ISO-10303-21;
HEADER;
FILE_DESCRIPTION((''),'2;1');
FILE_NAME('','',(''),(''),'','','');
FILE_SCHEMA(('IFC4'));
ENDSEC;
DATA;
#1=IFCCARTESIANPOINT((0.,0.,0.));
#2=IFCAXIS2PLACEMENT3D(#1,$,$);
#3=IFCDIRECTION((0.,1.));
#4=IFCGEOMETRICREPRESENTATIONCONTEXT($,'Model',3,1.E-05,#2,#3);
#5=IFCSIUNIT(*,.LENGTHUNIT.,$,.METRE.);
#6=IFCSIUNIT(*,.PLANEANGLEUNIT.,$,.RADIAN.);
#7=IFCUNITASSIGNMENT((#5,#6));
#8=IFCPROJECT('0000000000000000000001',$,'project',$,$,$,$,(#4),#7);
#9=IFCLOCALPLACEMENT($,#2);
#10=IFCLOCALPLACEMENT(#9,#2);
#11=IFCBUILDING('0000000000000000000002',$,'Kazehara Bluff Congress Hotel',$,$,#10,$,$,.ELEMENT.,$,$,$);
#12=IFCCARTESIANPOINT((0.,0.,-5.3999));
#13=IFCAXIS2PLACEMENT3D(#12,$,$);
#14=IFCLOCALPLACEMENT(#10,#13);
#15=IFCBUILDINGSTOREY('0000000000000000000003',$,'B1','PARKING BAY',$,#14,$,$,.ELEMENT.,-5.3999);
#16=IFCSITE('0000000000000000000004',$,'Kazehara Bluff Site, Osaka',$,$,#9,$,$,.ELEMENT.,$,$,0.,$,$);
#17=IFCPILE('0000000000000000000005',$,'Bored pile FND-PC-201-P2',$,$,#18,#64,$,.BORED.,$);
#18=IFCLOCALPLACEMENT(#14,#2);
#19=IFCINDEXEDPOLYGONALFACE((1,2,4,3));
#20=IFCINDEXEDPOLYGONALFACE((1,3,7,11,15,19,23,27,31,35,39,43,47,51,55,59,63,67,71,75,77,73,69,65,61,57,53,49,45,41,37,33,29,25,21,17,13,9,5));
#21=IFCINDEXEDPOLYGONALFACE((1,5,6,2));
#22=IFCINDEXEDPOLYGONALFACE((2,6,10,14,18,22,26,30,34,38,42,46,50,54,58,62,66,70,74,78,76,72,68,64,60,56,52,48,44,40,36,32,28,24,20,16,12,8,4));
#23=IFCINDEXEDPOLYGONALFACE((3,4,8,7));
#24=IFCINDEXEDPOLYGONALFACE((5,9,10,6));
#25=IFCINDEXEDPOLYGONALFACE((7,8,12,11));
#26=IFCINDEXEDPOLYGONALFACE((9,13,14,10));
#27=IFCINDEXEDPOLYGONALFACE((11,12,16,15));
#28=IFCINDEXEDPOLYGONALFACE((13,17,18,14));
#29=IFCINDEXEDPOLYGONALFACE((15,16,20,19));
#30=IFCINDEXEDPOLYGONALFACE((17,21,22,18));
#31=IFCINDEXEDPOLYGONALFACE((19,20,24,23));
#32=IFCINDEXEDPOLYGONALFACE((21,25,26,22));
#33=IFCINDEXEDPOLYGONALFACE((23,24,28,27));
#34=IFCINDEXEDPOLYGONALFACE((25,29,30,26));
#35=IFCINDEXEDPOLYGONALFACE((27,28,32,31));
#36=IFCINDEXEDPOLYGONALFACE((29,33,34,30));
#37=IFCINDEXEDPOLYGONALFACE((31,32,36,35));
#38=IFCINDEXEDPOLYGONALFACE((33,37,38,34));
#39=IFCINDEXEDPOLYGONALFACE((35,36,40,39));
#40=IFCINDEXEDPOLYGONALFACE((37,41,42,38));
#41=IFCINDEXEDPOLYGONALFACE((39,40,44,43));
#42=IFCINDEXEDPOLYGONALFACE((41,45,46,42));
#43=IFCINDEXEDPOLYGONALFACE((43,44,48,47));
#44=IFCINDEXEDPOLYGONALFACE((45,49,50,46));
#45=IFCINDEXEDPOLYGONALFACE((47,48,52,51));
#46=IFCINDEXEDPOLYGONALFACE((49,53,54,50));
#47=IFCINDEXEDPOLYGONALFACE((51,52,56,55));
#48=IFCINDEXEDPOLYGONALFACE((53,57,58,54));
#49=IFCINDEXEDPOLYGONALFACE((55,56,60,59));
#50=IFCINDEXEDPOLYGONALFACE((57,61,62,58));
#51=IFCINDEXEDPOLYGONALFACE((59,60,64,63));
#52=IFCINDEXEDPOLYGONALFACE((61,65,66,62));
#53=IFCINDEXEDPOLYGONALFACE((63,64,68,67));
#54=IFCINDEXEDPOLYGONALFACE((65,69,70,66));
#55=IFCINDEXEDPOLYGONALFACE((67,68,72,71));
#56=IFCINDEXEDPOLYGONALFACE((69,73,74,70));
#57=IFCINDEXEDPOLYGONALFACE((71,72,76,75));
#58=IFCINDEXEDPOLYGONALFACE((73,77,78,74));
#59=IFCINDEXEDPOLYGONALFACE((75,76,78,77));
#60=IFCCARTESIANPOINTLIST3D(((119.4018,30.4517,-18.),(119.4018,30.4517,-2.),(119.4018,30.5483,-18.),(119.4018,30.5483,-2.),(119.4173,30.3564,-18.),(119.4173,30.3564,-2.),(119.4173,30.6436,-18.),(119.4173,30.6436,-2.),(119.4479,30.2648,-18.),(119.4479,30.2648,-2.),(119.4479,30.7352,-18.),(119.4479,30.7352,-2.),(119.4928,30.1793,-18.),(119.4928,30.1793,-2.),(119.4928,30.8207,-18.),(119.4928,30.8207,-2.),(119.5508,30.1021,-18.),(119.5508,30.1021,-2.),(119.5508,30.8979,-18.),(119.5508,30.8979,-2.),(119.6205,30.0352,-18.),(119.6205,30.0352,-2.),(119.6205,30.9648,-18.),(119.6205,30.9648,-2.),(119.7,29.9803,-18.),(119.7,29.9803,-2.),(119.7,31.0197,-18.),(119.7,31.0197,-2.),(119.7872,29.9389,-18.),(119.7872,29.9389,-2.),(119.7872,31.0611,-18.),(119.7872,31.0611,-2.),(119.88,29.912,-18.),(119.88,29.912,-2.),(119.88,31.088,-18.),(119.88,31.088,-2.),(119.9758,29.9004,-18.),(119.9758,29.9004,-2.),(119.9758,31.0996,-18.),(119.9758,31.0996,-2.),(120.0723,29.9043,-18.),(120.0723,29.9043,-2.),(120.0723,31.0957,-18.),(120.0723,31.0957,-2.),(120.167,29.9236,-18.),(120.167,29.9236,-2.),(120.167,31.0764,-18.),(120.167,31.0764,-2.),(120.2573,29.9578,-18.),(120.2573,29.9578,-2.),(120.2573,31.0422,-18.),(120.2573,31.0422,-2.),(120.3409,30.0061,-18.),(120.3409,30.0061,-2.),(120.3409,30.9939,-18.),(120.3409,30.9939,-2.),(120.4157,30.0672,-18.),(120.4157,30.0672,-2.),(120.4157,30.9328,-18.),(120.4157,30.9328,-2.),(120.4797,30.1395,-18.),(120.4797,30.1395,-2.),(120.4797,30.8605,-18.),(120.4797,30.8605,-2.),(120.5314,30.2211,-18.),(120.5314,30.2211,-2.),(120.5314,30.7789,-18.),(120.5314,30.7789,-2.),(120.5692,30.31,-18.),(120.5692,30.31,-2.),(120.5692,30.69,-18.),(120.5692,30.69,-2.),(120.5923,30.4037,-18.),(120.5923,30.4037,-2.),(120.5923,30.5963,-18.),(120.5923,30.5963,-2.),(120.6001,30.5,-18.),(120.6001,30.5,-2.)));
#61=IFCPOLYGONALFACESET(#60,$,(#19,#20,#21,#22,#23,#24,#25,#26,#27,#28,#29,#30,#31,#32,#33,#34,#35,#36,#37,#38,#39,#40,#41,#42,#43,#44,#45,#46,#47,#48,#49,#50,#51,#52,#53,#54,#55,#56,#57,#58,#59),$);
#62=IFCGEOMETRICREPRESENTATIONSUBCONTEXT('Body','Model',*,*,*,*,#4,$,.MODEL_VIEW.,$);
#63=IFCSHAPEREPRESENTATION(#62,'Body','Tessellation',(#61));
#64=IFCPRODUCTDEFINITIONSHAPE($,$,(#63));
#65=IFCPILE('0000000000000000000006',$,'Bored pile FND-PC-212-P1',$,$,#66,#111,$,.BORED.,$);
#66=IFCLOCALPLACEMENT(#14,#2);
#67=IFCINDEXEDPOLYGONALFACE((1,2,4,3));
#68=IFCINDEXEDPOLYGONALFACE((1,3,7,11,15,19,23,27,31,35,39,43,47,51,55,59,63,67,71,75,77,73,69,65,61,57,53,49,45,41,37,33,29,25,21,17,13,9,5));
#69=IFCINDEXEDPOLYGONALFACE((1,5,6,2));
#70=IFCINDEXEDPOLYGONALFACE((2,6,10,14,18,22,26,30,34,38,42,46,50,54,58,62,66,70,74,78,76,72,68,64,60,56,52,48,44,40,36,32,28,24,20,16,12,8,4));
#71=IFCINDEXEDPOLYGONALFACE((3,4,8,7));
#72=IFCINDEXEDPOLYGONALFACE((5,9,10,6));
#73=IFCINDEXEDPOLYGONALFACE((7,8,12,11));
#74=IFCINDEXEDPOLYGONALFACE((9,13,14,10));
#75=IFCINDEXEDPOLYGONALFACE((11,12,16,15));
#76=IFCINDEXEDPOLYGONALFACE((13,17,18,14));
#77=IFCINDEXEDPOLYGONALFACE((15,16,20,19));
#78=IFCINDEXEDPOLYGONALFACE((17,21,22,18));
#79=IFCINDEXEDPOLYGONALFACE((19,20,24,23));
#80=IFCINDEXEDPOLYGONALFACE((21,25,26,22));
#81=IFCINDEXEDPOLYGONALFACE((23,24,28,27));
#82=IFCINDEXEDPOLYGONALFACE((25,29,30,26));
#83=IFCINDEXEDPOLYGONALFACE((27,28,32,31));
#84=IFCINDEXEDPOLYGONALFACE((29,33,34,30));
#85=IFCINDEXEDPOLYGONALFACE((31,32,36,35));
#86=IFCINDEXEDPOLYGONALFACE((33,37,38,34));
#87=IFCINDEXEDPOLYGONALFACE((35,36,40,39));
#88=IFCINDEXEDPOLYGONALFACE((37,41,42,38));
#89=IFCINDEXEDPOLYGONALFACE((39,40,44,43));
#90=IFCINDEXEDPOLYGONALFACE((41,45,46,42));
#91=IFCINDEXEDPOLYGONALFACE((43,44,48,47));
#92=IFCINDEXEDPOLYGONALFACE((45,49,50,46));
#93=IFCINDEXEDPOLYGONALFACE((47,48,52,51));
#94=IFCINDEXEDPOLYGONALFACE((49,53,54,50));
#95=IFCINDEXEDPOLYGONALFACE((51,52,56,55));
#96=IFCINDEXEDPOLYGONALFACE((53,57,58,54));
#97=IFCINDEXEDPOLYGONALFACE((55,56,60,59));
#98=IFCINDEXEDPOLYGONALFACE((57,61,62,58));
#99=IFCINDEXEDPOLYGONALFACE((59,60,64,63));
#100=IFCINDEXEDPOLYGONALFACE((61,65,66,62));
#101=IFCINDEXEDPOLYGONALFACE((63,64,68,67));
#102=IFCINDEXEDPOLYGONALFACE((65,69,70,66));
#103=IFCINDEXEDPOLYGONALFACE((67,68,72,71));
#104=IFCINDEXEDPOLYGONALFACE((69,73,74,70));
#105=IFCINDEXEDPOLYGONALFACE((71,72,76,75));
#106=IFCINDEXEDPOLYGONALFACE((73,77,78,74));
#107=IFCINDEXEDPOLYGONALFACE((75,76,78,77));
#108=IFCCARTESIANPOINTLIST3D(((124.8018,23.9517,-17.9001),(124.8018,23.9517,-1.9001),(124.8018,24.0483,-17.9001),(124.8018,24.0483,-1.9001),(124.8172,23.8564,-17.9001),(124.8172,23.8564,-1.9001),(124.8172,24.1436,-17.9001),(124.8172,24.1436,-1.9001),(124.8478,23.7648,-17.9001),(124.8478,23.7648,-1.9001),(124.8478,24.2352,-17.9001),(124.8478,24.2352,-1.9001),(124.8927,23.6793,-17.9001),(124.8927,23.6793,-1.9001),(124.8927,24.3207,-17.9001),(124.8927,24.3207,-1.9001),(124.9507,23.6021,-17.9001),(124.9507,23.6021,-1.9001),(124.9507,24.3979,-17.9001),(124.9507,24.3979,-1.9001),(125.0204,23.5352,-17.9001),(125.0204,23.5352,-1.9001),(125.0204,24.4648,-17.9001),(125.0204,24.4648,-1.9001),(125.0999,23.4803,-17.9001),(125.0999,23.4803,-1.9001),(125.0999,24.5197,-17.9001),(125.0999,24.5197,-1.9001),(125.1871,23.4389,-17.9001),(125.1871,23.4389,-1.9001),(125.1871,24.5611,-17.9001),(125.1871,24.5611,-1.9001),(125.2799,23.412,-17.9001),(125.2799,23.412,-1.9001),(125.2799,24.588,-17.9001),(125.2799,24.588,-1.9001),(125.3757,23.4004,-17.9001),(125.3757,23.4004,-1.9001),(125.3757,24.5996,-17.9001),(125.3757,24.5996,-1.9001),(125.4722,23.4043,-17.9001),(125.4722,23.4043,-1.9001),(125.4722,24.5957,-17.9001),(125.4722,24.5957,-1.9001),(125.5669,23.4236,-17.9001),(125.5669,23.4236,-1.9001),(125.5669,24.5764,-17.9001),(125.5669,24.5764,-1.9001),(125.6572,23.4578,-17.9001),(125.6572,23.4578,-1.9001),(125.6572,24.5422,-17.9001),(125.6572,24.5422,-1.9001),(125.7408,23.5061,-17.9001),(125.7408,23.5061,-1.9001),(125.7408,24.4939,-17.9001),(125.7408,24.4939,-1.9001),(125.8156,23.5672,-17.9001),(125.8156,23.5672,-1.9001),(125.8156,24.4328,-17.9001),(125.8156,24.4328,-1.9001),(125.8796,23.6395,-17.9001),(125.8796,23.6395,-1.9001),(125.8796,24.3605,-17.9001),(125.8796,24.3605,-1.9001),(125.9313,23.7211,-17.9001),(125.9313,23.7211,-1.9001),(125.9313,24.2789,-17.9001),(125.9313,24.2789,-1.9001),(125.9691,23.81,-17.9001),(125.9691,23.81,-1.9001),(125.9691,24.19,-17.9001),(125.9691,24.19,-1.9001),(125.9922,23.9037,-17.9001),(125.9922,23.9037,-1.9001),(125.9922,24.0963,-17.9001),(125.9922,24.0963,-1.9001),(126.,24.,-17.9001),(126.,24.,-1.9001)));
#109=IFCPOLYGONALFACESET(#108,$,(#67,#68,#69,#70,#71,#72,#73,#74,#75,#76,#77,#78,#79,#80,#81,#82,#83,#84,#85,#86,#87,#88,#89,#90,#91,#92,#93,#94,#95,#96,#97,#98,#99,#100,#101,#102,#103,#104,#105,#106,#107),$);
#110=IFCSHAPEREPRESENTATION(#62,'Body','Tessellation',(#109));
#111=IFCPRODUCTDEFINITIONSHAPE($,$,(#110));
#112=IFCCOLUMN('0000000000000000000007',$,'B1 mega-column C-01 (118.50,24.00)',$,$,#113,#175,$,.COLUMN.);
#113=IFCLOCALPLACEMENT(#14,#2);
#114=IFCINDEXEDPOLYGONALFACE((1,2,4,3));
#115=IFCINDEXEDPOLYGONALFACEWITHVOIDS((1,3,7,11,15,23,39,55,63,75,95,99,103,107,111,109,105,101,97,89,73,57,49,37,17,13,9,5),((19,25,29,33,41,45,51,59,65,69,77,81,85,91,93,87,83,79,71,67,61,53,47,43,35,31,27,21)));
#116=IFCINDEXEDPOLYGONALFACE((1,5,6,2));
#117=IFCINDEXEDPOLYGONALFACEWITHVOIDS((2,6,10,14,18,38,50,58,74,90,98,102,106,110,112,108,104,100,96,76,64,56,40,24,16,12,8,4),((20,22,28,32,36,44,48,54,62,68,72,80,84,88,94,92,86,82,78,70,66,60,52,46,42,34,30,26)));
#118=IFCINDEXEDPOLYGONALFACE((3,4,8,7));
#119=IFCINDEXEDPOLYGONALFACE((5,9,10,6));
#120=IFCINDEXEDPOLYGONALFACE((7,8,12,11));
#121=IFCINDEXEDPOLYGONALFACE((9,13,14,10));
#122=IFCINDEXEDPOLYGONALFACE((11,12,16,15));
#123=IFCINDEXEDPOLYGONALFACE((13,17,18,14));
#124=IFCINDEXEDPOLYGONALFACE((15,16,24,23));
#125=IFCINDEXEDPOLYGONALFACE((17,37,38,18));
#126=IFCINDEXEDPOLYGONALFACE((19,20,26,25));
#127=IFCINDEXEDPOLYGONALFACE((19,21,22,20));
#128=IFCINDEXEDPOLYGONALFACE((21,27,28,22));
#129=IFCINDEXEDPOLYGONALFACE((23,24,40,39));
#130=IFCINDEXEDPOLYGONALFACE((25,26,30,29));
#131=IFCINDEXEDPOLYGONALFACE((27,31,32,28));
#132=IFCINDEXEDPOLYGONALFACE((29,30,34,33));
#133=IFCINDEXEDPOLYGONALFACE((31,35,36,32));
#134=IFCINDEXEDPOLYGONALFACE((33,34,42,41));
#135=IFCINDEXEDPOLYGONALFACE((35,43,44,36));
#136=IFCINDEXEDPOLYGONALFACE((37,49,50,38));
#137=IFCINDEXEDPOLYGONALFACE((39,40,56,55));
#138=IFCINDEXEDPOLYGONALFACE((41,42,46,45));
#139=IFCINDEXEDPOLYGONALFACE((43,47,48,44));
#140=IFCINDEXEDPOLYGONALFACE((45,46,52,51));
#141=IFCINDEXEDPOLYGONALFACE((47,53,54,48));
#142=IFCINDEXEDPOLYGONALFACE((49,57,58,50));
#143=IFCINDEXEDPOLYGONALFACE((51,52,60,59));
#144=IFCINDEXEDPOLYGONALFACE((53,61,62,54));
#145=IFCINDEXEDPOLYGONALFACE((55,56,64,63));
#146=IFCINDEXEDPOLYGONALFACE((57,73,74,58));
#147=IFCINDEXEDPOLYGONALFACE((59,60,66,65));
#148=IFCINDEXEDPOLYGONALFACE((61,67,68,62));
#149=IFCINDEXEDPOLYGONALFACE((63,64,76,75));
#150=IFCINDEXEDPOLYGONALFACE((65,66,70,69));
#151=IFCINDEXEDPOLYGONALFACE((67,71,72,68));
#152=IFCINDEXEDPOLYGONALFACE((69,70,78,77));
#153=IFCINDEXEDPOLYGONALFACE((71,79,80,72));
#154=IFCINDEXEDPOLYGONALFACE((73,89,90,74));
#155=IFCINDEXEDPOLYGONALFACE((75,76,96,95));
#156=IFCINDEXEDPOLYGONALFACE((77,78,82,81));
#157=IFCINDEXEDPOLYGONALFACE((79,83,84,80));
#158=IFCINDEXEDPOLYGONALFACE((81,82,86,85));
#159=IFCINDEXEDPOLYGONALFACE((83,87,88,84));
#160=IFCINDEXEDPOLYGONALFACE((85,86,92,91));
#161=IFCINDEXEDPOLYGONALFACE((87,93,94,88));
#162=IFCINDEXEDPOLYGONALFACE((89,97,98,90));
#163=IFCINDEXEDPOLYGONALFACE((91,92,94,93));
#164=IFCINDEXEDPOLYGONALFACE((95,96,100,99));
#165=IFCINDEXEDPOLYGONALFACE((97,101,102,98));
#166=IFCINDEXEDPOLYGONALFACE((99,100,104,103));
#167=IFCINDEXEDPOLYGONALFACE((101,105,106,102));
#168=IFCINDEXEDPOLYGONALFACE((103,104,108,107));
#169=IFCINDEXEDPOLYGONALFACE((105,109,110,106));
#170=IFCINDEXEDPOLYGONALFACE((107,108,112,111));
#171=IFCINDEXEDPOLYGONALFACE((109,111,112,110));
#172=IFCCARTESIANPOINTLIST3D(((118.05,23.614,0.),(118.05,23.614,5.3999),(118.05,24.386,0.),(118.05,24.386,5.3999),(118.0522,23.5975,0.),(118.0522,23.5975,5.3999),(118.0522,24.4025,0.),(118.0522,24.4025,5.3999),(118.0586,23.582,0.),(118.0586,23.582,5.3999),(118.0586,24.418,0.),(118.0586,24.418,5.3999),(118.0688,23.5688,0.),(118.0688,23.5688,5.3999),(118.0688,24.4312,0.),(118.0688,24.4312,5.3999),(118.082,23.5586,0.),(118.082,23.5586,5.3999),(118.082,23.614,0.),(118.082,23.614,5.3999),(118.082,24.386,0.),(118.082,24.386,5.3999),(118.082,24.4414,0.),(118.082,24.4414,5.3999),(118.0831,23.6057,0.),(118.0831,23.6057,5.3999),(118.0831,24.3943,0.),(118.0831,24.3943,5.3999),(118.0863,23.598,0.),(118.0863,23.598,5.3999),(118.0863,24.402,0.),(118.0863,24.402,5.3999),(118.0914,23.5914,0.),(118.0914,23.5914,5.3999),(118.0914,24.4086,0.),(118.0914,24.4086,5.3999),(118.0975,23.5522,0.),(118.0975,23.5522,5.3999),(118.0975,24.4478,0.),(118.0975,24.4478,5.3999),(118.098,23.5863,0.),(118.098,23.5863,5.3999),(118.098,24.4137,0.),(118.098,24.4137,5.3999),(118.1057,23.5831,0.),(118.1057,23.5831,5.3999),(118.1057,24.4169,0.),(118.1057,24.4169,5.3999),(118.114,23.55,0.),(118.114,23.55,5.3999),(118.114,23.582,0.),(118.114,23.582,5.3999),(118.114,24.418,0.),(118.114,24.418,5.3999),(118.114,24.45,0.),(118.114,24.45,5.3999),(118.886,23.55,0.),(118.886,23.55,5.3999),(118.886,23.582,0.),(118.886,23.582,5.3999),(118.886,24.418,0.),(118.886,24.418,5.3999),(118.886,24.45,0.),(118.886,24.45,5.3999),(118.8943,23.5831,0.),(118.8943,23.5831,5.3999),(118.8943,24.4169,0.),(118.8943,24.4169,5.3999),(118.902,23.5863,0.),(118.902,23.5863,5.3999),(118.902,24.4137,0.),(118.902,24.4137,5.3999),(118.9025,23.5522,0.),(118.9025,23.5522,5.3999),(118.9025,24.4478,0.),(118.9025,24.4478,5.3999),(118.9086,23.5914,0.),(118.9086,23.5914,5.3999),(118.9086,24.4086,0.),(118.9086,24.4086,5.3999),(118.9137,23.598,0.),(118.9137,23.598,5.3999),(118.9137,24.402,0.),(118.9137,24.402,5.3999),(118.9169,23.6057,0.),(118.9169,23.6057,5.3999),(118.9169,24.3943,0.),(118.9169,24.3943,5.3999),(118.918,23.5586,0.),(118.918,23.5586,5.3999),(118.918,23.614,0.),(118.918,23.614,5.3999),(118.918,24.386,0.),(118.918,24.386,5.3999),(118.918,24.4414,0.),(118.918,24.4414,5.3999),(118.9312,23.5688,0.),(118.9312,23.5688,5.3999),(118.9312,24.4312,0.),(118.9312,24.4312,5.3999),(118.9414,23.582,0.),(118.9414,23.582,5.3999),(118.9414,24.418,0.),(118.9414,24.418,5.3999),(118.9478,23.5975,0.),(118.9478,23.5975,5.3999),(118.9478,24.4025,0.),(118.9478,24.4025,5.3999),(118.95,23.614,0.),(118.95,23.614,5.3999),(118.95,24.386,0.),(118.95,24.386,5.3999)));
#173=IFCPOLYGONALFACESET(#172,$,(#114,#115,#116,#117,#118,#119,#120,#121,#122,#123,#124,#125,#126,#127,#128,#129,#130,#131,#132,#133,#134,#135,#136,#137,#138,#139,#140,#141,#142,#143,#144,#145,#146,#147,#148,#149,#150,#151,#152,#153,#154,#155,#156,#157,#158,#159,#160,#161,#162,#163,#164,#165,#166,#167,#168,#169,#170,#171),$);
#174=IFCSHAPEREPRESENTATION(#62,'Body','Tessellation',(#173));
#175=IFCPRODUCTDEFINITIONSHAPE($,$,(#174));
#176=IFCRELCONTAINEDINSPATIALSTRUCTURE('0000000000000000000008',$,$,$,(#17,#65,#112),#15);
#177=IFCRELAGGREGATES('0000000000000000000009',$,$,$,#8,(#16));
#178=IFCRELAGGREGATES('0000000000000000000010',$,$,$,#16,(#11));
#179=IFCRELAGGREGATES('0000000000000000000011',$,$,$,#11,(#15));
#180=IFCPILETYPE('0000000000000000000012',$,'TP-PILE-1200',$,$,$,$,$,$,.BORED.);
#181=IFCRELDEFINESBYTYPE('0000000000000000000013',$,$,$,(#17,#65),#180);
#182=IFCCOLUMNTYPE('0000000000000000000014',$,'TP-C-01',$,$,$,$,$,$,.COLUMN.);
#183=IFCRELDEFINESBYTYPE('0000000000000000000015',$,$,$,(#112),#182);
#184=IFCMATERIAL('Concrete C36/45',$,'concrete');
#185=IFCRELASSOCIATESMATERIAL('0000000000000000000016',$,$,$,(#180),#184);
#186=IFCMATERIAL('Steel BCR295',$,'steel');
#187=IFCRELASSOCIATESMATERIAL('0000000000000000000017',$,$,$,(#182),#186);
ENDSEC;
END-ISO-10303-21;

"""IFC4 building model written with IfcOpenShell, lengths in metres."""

from ifc_helpers import new_model, si_unit, direction, frame, origin, origin_2d, place, context, subcontext, project, spatial, hollow_rectangle, circle, extrude, material, material_profile, profile_set, type_object, element, save


model = new_model("IFC4")

# Units and contexts
model_context = context("Model", 3, precision=1e-05, world=origin(), true_north=direction((0.0, 1.0)))
body_context = subcontext(model_context, "Body", "Model", "MODEL_VIEW")
ifc_project = project(units=[si_unit("LENGTHUNIT", "METRE"), si_unit("PLANEANGLEUNIT", "RADIAN")], contexts=[model_context])

# Site, building, storey
site_placement = place(None, origin())
site = spatial("IfcSite", under=ifc_project, at=site_placement, Name="Kazehara Bluff Site, Osaka", CompositionType="ELEMENT", RefElevation=0.0)
building_placement = place(site_placement, origin())
building = spatial("IfcBuilding", under=site, at=building_placement, Name="Kazehara Bluff Congress Hotel", CompositionType="ELEMENT")
storey_placement = place(building_placement, frame((0.0, 0.0, -5.3999)))
storey = spatial("IfcBuildingStorey", under=building, at=storey_placement, Name="B1", Description="PARKING BAY", CompositionType="ELEMENT", Elevation=-5.3999)

# Piles
ifc_material_1 = material(Name="Concrete C36/45", Category="concrete")
ifc_material_profile_1 = material_profile(ifc_material_1, circle(Radius=0.6001, at=origin_2d()))
ifc_profile_set_1 = profile_set([ifc_material_profile_1], Name="Concrete C36/45")
pile_type = type_object("IfcPileType", Name="TP-PILE-1200", PredefinedType="BORED", material=ifc_profile_set_1)
for number, where, z_axis, x_axis, name in (
    (1, (120.0, 30.5, -2.0), (0.0, 0.0, -1.0), (1.0, 0.0, 0.0), "Bored pile FND-PC-201-P2"),
    (2, (125.3999, 24.0, -1.9001), (0.0, 0.0, -1.0), (1.0, 0.0, 0.0), "Bored pile FND-PC-212-P1"),
):
    element("IfcPile", number, at=place(storey_placement, frame(where, z_axis=z_axis, x_axis=x_axis)), inside=storey, type_object=pile_type, Name=name, PredefinedType="BORED", context=body_context, shape_type="SweptSolid", body=[
        extrude(circle(Radius=0.6001, at=origin_2d()), origin(), (0.0, 0.0, 1.0), 16.0),
    ])

# Column
ifc_material_2 = material(Name="Steel BCR295", Category="steel")
ifc_material_profile_2 = material_profile(ifc_material_2, hollow_rectangle(XDim=0.8999, YDim=0.8999, WallThickness=0.032, InnerFilletRadius=0.032, OuterFilletRadius=0.064, at=origin_2d()))
ifc_profile_set_2 = profile_set([ifc_material_profile_2], Name="Steel BCR295")
column_type = type_object("IfcColumnType", Name="TP-C-01", PredefinedType="COLUMN", material=ifc_profile_set_2)
for number, where, z_axis, x_axis, name in (
    (3, (118.5, 24.0, 0.0), (0.0, 0.0, 1.0), (1.0, 0.0, 0.0), "B1 mega-column C-01 (118.50,24.00)"),
):
    element("IfcColumn", number, at=place(storey_placement, frame(where, z_axis=z_axis, x_axis=x_axis)), inside=storey, type_object=column_type, Name=name, PredefinedType="COLUMN", context=body_context, shape_type="SweptSolid", body=[
        extrude(hollow_rectangle(XDim=0.8999, YDim=0.8999, WallThickness=0.032, InnerFilletRadius=0.032, OuterFilletRadius=0.064, at=origin_2d()), origin(), (0.0, 0.0, 1.0), 5.3999),
    ])

save(model, "model.ifc")
